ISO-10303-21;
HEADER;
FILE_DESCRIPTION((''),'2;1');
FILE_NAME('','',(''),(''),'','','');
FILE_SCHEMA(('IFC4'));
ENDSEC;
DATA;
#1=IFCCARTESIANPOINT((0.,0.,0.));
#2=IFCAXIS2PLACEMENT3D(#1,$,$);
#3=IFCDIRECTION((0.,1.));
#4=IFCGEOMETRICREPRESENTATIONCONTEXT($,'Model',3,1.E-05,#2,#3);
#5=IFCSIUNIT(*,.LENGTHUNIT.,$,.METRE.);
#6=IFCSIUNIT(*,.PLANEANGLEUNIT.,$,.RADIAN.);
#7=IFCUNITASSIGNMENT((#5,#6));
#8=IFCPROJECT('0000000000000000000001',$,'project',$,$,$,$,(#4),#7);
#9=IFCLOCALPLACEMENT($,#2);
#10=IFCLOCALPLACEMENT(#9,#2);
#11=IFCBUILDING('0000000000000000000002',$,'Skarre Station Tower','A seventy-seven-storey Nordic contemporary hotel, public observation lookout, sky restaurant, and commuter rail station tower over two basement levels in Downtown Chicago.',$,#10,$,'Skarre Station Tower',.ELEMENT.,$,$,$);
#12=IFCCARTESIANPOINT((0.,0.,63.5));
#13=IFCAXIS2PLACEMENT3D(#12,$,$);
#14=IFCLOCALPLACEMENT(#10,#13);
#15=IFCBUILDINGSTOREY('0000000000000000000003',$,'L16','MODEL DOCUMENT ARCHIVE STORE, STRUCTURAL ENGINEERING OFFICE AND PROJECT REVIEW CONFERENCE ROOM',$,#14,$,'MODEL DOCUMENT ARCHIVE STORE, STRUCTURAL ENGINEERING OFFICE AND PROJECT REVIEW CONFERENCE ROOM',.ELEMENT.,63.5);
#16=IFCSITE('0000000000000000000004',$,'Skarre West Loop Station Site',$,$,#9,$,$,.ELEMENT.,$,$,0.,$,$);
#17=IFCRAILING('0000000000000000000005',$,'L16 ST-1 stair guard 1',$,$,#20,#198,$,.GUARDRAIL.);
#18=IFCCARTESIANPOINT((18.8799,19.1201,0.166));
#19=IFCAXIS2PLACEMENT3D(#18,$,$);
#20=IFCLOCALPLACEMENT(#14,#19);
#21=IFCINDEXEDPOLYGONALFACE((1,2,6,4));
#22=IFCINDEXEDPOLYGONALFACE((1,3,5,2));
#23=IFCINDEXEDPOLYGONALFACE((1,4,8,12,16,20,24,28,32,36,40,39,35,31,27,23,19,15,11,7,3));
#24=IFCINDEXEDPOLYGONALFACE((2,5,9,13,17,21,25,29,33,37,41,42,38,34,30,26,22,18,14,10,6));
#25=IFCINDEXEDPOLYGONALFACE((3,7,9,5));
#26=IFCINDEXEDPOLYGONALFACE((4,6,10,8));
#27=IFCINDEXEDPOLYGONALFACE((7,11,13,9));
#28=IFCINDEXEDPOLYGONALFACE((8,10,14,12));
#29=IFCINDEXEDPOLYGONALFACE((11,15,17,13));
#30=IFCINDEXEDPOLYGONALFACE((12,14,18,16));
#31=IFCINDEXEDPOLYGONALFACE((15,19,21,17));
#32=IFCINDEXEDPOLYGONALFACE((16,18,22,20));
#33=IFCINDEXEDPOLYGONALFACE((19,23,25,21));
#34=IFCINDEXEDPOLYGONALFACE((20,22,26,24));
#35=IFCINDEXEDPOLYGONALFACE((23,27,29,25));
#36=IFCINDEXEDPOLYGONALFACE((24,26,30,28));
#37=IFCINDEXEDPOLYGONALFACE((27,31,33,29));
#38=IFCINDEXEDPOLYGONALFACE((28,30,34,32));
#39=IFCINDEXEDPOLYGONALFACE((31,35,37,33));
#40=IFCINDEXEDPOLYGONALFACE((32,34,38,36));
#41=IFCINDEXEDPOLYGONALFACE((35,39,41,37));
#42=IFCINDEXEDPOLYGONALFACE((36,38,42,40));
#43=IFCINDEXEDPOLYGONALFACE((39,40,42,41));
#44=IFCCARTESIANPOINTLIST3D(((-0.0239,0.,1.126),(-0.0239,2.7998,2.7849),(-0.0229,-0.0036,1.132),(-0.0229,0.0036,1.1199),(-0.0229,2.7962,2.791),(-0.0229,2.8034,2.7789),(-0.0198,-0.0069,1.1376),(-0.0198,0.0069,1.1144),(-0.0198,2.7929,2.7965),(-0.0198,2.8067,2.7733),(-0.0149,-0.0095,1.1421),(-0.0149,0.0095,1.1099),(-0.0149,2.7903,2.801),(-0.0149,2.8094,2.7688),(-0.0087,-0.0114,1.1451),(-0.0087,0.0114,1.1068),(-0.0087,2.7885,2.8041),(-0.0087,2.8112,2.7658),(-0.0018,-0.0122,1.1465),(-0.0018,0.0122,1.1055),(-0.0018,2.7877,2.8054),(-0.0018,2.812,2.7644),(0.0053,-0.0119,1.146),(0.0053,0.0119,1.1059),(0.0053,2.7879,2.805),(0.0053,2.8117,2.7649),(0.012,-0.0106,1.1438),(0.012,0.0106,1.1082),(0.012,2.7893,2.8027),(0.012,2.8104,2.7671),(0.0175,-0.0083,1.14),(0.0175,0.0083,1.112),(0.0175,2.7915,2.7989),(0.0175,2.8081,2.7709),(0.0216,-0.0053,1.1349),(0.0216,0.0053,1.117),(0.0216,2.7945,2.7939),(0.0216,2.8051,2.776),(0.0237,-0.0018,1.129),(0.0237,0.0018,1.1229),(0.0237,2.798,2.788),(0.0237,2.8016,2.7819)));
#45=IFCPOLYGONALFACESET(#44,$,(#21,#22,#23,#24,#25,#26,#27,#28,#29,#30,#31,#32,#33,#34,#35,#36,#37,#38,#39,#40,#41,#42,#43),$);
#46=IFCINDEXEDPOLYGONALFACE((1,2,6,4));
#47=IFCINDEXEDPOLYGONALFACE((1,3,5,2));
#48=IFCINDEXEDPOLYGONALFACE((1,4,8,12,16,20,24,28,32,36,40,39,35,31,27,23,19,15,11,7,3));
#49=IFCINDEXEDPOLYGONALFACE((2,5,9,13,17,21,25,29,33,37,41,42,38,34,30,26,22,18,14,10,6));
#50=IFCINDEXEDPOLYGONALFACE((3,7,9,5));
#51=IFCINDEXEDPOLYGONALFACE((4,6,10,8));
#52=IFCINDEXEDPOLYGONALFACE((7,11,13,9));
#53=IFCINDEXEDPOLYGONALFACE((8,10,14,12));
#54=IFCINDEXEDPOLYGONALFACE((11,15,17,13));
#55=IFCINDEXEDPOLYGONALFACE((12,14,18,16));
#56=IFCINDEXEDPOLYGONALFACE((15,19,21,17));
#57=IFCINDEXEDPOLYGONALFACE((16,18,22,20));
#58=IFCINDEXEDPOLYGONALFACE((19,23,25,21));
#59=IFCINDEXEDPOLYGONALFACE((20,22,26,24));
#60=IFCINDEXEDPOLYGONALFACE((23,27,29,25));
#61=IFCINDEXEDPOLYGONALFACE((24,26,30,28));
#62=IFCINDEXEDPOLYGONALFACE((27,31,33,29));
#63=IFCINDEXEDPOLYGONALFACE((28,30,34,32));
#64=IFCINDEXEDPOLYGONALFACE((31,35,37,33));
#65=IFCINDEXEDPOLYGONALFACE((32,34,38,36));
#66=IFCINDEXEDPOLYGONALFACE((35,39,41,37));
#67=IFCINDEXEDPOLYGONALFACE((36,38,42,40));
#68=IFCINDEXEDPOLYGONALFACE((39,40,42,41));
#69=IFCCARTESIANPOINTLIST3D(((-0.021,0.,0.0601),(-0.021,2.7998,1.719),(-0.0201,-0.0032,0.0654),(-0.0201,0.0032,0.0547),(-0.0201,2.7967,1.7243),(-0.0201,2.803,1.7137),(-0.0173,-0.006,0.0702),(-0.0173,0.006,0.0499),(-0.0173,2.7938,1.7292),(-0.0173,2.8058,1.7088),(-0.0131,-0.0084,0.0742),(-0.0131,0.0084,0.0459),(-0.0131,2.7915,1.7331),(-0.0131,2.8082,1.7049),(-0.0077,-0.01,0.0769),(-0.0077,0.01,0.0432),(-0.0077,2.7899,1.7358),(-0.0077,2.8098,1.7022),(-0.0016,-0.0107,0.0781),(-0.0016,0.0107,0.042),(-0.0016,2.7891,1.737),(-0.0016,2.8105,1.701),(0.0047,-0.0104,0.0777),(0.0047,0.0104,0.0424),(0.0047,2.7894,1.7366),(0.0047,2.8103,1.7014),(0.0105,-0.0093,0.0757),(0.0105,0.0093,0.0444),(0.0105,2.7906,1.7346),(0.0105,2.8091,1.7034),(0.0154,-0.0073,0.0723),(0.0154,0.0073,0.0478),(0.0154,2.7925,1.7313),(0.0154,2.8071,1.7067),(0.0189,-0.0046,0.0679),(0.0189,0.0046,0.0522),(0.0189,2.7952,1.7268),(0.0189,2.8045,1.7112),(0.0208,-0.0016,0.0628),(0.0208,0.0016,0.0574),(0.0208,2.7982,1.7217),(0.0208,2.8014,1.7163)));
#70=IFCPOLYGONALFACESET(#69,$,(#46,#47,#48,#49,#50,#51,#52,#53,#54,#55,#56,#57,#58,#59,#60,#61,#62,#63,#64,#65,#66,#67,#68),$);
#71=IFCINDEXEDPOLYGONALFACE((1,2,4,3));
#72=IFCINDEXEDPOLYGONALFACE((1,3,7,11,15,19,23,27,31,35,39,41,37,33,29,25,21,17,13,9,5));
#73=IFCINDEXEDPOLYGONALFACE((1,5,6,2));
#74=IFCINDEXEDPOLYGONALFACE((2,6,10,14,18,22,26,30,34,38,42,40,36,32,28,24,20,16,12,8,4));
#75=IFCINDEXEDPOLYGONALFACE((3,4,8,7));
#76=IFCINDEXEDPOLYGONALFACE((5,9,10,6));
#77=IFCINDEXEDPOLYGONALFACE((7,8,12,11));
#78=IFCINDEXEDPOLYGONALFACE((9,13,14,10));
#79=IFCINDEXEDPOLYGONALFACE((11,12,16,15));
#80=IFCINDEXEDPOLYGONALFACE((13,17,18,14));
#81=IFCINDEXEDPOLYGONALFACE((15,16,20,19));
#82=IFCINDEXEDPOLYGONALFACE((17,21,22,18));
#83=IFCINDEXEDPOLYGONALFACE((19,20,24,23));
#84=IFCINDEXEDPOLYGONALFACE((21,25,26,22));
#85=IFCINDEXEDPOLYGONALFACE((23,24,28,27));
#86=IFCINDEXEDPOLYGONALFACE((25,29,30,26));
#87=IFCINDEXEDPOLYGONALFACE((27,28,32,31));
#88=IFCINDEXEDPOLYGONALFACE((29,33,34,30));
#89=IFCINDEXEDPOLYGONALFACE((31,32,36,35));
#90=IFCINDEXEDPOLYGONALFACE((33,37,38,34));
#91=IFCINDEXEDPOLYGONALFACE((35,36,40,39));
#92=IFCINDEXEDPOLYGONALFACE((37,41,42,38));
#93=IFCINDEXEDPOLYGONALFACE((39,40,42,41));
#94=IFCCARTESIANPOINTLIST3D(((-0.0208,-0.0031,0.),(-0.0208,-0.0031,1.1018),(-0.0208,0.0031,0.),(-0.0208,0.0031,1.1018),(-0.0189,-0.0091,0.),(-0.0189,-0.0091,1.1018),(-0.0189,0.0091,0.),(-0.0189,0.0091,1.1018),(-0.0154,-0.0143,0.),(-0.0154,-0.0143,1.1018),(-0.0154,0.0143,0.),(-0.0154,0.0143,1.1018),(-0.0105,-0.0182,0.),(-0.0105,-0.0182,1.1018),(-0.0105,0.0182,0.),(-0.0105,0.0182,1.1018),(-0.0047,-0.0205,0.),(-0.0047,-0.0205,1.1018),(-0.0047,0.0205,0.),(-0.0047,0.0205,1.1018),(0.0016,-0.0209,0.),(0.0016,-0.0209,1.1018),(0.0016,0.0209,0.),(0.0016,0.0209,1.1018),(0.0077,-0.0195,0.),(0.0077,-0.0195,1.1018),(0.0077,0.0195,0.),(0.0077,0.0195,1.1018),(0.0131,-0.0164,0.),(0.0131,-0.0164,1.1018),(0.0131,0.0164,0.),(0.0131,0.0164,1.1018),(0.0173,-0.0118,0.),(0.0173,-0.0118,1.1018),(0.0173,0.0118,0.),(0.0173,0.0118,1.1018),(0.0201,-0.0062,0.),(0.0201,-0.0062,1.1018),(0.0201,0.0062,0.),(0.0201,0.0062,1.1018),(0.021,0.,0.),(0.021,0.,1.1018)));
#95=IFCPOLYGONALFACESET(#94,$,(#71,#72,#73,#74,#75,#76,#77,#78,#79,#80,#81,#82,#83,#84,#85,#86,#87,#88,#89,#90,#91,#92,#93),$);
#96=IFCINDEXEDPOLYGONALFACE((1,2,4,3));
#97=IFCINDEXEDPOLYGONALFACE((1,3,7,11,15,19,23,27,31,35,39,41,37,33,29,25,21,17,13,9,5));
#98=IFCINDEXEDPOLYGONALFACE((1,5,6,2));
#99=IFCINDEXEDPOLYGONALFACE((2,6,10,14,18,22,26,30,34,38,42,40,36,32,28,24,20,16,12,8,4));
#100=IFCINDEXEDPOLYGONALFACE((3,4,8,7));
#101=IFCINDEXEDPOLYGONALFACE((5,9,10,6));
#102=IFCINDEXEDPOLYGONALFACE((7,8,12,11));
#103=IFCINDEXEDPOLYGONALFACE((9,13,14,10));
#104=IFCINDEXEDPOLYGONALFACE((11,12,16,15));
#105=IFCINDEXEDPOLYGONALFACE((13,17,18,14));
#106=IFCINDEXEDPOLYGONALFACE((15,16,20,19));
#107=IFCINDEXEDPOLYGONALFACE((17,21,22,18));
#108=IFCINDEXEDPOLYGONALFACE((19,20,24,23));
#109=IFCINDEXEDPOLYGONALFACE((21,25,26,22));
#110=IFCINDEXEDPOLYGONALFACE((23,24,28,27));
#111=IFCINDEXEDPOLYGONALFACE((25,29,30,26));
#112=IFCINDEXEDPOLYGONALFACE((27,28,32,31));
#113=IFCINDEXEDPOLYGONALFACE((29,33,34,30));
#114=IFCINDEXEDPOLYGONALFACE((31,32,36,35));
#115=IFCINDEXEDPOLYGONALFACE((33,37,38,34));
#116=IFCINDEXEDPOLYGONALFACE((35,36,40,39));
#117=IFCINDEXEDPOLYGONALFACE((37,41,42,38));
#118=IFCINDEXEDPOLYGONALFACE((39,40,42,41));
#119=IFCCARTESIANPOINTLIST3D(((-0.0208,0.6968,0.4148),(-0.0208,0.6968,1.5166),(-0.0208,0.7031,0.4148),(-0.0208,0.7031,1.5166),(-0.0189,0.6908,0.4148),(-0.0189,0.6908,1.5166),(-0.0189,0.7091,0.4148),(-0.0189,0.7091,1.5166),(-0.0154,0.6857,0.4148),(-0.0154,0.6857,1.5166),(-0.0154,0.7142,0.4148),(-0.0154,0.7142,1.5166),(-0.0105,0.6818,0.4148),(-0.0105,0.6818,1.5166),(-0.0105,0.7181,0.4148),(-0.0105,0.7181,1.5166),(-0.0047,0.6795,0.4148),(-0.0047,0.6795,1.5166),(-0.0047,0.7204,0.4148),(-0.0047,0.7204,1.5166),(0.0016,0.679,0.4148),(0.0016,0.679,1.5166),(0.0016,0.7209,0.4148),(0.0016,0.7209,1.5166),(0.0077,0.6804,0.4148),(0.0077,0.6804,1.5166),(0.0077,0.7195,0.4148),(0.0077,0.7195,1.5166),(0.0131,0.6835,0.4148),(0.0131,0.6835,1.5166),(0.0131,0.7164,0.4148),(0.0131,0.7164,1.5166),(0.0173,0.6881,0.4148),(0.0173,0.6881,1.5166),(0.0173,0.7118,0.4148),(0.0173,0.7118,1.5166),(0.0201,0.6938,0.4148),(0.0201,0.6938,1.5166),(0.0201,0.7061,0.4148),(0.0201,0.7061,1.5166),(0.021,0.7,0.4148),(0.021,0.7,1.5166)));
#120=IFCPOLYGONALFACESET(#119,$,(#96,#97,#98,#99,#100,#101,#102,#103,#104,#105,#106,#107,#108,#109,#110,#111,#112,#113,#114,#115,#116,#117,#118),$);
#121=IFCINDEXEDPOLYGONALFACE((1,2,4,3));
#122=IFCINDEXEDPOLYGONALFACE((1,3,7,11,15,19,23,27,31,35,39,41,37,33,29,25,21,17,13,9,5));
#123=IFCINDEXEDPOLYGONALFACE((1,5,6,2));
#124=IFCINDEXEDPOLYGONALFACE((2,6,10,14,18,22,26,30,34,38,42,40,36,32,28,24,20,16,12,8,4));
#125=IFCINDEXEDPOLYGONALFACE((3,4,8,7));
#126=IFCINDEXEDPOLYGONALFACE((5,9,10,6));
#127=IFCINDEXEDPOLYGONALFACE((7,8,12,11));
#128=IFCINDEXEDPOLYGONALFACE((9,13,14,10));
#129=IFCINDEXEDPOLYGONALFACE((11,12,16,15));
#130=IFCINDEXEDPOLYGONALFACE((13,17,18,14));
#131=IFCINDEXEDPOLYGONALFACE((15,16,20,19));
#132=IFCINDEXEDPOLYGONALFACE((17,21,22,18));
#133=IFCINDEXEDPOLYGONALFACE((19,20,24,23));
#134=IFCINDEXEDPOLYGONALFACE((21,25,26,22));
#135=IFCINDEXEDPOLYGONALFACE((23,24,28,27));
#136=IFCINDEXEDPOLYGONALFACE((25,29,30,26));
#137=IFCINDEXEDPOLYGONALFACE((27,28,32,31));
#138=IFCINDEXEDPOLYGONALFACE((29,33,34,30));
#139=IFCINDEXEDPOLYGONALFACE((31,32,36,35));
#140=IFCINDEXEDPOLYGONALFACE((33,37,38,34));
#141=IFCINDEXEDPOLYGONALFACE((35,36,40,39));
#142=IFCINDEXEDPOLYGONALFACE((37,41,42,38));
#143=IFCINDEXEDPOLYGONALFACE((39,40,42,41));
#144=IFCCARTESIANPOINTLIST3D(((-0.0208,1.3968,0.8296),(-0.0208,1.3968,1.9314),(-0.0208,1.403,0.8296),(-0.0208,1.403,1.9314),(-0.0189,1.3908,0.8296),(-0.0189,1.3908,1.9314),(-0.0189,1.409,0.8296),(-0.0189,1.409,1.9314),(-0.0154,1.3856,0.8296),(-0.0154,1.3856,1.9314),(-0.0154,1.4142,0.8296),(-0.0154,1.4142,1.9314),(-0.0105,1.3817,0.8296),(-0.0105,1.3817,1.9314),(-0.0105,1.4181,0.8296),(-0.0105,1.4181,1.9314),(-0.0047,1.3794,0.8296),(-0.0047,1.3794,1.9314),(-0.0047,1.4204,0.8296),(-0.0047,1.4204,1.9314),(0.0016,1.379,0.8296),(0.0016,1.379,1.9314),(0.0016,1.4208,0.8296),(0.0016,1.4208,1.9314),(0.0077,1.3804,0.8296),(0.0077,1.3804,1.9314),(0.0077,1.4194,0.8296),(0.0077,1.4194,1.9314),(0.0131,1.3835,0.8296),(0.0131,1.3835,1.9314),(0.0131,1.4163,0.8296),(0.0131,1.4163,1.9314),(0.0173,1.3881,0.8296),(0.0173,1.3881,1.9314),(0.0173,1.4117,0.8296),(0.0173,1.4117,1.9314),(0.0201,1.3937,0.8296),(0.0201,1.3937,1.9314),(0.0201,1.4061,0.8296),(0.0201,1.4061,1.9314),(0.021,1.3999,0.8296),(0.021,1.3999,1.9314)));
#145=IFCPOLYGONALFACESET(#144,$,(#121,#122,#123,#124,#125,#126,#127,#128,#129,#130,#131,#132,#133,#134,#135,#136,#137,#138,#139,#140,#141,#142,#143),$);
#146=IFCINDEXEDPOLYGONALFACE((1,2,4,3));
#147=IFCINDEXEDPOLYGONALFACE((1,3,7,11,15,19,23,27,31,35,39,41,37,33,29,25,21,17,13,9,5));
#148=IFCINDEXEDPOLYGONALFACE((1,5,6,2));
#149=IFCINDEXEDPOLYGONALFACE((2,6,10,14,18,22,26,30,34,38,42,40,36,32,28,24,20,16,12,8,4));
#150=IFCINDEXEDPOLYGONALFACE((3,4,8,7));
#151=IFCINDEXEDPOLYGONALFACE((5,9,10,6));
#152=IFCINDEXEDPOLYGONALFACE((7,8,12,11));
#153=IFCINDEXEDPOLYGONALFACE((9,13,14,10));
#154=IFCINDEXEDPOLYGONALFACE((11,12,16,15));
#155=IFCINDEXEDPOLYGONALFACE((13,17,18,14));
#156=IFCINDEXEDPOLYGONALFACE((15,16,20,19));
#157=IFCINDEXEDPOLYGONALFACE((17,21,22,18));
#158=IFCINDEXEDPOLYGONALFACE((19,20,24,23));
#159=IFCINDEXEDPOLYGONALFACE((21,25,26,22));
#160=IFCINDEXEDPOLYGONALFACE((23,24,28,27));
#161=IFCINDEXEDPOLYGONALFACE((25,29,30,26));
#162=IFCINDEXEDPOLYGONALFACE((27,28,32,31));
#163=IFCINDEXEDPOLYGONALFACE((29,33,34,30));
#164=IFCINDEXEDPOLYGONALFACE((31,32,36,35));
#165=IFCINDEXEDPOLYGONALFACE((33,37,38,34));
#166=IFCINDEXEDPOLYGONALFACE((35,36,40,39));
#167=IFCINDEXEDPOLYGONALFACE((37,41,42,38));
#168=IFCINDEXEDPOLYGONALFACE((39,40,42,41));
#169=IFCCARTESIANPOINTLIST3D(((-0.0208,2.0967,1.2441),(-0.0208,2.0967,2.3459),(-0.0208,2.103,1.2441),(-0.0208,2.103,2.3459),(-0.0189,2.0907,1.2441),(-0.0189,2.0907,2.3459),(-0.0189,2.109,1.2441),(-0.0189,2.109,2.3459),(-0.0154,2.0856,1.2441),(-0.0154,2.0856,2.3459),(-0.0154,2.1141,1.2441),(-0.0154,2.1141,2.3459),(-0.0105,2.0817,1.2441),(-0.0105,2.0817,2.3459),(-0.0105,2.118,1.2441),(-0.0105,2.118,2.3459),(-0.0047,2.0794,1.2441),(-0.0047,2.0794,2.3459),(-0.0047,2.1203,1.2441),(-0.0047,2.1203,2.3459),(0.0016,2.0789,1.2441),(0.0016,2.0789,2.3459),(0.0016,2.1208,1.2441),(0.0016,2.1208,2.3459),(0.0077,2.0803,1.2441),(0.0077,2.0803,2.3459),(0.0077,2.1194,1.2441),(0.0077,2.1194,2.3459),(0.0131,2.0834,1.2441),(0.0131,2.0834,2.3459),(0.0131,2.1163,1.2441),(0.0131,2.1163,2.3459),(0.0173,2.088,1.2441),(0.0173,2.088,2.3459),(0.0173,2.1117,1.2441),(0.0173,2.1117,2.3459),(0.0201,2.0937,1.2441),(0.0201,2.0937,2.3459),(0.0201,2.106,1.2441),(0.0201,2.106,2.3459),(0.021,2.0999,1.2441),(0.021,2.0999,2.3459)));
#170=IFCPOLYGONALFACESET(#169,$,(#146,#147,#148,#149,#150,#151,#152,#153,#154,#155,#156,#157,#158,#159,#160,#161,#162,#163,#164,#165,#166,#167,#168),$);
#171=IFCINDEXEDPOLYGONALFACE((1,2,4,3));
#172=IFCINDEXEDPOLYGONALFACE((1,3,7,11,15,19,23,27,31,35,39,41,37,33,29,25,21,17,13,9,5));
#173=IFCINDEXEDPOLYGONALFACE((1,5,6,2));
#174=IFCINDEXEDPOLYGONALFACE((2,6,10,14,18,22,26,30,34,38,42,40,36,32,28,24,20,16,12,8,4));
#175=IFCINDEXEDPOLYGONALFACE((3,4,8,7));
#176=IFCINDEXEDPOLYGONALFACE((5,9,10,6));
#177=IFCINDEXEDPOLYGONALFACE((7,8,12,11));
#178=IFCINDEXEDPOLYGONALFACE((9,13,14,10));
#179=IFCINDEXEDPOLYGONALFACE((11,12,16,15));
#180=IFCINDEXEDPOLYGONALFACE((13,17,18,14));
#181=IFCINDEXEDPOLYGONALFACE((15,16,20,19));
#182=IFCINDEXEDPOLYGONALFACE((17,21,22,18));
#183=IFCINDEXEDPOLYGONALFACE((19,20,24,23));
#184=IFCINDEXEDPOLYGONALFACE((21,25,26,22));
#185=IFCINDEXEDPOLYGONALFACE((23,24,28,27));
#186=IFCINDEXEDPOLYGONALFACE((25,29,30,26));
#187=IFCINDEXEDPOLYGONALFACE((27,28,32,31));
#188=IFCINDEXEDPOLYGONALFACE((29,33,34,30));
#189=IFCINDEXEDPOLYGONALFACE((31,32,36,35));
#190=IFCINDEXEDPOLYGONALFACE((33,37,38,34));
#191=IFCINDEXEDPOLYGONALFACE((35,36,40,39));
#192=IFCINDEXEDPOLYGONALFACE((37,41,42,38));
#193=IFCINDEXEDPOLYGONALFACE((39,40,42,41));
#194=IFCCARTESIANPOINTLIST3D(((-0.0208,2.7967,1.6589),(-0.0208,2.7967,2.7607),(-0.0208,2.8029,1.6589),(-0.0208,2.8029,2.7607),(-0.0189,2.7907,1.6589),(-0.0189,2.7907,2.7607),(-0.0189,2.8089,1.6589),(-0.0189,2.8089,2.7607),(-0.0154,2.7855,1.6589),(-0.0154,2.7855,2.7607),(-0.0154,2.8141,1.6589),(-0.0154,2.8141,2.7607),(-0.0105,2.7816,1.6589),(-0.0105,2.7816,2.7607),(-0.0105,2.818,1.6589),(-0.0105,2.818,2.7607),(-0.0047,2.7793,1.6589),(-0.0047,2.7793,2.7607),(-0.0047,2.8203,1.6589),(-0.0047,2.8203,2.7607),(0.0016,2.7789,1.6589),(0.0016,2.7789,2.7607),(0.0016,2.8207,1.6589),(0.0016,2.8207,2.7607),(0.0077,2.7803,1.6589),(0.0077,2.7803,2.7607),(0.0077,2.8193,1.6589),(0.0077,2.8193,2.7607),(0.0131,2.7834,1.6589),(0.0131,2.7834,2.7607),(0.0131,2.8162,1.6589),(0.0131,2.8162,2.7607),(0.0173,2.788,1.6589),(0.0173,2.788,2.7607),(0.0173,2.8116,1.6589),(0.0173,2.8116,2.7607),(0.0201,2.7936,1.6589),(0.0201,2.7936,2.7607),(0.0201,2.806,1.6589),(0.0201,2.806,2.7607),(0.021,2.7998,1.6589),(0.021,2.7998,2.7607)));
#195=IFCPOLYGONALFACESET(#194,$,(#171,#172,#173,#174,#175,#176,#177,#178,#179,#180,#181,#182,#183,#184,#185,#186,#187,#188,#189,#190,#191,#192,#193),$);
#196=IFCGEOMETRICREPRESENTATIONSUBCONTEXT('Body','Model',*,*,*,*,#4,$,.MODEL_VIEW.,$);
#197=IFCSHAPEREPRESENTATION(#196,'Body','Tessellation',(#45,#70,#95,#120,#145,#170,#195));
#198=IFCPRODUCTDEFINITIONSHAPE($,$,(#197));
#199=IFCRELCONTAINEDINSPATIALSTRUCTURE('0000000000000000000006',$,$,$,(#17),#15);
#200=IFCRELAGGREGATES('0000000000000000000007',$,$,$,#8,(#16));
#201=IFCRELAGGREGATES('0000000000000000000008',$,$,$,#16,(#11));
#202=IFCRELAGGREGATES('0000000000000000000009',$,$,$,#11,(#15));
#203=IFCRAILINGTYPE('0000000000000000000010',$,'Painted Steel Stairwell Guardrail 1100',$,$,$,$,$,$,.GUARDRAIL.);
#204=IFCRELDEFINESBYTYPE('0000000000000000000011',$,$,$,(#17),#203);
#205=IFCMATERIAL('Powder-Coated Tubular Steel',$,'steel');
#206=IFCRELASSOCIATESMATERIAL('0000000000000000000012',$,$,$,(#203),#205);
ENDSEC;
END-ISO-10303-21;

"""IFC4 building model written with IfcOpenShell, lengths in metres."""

from ifc_helpers import new_model, si_unit, direction, frame, origin, origin_2d, place, context, subcontext, project, spatial, circle, extrude, material, type_object, element, save


model = new_model("IFC4")

# Units and contexts
model_context = context("Model", 3, precision=1e-05, world=origin(), true_north=direction((0.0, 1.0)))
body_context = subcontext(model_context, "Body", "Model", "MODEL_VIEW")
ifc_project = project(units=[si_unit("LENGTHUNIT", "METRE"), si_unit("PLANEANGLEUNIT", "RADIAN")], contexts=[model_context])

# Site, building, storey
site_placement = place(None, origin())
site = spatial("IfcSite", under=ifc_project, at=site_placement, Name="Skarre West Loop Station Site", CompositionType="ELEMENT", RefElevation=0.0)
building_placement = place(site_placement, origin())
building = spatial("IfcBuilding", under=site, at=building_placement, Name="Skarre Station Tower", Description="A seventy-seven-storey Nordic contemporary hotel, public observation lookout, sky restaurant, and commuter rail station tower over two basement levels in Downtown Chicago.", LongName="Skarre Station Tower", CompositionType="ELEMENT")
storey_placement = place(building_placement, frame((0.0, 0.0, 63.5)))
storey = spatial("IfcBuildingStorey", under=building, at=storey_placement, Name="L16", Description="MODEL DOCUMENT ARCHIVE STORE, STRUCTURAL ENGINEERING OFFICE AND PROJECT REVIEW CONFERENCE ROOM", LongName="MODEL DOCUMENT ARCHIVE STORE, STRUCTURAL ENGINEERING OFFICE AND PROJECT REVIEW CONFERENCE ROOM", CompositionType="ELEMENT", Elevation=63.5)

# Railing
ifc_material_1 = material(Name="Powder-Coated Tubular Steel", Category="steel")
railing_type = type_object("IfcRailingType", Name="Painted Steel Stairwell Guardrail 1100", PredefinedType="GUARDRAIL", material=ifc_material_1)
railing_1_placement = place(storey_placement, frame((18.8799, 19.1201, 0.166)))
element("IfcRailing", 1, at=railing_1_placement, inside=storey, type_object=railing_type, Name="L16 ST-1 stair guard 1", PredefinedType="GUARDRAIL", context=body_context, shape_type="SweptSolid", body=[
    extrude(circle(Radius=0.0239, at=origin_2d()), frame((0.0, 0.0, 1.126), z_axis=(0.0, 0.86032, 0.509755), x_axis=(-1.0, 0.0, 0.0)), (0.0, 0.0, 1.0), 3.2544),
    extrude(circle(Radius=0.021, at=origin_2d()), frame((0.0, 0.0, 0.0601), z_axis=(0.0, 0.86032, 0.509755), x_axis=(-1.0, 0.0, 0.0)), (0.0, 0.0, 1.0), 3.2544),
    extrude(circle(Radius=0.021, at=origin_2d()), origin(), (0.0, 0.0, 1.0), 1.1018),
    extrude(circle(Radius=0.021, at=origin_2d()), frame((0.0, 0.7, 0.4148)), (0.0, 0.0, 1.0), 1.1018),
    extrude(circle(Radius=0.021, at=origin_2d()), frame((0.0, 1.3999, 0.8296)), (0.0, 0.0, 1.0), 1.1018),
    extrude(circle(Radius=0.021, at=origin_2d()), frame((0.0, 2.0999, 1.2441)), (0.0, 0.0, 1.0), 1.1018),
    extrude(circle(Radius=0.021, at=origin_2d()), frame((0.0, 2.7998, 1.6589)), (0.0, 0.0, 1.0), 1.1018),
])

save(model, "model.ifc")
